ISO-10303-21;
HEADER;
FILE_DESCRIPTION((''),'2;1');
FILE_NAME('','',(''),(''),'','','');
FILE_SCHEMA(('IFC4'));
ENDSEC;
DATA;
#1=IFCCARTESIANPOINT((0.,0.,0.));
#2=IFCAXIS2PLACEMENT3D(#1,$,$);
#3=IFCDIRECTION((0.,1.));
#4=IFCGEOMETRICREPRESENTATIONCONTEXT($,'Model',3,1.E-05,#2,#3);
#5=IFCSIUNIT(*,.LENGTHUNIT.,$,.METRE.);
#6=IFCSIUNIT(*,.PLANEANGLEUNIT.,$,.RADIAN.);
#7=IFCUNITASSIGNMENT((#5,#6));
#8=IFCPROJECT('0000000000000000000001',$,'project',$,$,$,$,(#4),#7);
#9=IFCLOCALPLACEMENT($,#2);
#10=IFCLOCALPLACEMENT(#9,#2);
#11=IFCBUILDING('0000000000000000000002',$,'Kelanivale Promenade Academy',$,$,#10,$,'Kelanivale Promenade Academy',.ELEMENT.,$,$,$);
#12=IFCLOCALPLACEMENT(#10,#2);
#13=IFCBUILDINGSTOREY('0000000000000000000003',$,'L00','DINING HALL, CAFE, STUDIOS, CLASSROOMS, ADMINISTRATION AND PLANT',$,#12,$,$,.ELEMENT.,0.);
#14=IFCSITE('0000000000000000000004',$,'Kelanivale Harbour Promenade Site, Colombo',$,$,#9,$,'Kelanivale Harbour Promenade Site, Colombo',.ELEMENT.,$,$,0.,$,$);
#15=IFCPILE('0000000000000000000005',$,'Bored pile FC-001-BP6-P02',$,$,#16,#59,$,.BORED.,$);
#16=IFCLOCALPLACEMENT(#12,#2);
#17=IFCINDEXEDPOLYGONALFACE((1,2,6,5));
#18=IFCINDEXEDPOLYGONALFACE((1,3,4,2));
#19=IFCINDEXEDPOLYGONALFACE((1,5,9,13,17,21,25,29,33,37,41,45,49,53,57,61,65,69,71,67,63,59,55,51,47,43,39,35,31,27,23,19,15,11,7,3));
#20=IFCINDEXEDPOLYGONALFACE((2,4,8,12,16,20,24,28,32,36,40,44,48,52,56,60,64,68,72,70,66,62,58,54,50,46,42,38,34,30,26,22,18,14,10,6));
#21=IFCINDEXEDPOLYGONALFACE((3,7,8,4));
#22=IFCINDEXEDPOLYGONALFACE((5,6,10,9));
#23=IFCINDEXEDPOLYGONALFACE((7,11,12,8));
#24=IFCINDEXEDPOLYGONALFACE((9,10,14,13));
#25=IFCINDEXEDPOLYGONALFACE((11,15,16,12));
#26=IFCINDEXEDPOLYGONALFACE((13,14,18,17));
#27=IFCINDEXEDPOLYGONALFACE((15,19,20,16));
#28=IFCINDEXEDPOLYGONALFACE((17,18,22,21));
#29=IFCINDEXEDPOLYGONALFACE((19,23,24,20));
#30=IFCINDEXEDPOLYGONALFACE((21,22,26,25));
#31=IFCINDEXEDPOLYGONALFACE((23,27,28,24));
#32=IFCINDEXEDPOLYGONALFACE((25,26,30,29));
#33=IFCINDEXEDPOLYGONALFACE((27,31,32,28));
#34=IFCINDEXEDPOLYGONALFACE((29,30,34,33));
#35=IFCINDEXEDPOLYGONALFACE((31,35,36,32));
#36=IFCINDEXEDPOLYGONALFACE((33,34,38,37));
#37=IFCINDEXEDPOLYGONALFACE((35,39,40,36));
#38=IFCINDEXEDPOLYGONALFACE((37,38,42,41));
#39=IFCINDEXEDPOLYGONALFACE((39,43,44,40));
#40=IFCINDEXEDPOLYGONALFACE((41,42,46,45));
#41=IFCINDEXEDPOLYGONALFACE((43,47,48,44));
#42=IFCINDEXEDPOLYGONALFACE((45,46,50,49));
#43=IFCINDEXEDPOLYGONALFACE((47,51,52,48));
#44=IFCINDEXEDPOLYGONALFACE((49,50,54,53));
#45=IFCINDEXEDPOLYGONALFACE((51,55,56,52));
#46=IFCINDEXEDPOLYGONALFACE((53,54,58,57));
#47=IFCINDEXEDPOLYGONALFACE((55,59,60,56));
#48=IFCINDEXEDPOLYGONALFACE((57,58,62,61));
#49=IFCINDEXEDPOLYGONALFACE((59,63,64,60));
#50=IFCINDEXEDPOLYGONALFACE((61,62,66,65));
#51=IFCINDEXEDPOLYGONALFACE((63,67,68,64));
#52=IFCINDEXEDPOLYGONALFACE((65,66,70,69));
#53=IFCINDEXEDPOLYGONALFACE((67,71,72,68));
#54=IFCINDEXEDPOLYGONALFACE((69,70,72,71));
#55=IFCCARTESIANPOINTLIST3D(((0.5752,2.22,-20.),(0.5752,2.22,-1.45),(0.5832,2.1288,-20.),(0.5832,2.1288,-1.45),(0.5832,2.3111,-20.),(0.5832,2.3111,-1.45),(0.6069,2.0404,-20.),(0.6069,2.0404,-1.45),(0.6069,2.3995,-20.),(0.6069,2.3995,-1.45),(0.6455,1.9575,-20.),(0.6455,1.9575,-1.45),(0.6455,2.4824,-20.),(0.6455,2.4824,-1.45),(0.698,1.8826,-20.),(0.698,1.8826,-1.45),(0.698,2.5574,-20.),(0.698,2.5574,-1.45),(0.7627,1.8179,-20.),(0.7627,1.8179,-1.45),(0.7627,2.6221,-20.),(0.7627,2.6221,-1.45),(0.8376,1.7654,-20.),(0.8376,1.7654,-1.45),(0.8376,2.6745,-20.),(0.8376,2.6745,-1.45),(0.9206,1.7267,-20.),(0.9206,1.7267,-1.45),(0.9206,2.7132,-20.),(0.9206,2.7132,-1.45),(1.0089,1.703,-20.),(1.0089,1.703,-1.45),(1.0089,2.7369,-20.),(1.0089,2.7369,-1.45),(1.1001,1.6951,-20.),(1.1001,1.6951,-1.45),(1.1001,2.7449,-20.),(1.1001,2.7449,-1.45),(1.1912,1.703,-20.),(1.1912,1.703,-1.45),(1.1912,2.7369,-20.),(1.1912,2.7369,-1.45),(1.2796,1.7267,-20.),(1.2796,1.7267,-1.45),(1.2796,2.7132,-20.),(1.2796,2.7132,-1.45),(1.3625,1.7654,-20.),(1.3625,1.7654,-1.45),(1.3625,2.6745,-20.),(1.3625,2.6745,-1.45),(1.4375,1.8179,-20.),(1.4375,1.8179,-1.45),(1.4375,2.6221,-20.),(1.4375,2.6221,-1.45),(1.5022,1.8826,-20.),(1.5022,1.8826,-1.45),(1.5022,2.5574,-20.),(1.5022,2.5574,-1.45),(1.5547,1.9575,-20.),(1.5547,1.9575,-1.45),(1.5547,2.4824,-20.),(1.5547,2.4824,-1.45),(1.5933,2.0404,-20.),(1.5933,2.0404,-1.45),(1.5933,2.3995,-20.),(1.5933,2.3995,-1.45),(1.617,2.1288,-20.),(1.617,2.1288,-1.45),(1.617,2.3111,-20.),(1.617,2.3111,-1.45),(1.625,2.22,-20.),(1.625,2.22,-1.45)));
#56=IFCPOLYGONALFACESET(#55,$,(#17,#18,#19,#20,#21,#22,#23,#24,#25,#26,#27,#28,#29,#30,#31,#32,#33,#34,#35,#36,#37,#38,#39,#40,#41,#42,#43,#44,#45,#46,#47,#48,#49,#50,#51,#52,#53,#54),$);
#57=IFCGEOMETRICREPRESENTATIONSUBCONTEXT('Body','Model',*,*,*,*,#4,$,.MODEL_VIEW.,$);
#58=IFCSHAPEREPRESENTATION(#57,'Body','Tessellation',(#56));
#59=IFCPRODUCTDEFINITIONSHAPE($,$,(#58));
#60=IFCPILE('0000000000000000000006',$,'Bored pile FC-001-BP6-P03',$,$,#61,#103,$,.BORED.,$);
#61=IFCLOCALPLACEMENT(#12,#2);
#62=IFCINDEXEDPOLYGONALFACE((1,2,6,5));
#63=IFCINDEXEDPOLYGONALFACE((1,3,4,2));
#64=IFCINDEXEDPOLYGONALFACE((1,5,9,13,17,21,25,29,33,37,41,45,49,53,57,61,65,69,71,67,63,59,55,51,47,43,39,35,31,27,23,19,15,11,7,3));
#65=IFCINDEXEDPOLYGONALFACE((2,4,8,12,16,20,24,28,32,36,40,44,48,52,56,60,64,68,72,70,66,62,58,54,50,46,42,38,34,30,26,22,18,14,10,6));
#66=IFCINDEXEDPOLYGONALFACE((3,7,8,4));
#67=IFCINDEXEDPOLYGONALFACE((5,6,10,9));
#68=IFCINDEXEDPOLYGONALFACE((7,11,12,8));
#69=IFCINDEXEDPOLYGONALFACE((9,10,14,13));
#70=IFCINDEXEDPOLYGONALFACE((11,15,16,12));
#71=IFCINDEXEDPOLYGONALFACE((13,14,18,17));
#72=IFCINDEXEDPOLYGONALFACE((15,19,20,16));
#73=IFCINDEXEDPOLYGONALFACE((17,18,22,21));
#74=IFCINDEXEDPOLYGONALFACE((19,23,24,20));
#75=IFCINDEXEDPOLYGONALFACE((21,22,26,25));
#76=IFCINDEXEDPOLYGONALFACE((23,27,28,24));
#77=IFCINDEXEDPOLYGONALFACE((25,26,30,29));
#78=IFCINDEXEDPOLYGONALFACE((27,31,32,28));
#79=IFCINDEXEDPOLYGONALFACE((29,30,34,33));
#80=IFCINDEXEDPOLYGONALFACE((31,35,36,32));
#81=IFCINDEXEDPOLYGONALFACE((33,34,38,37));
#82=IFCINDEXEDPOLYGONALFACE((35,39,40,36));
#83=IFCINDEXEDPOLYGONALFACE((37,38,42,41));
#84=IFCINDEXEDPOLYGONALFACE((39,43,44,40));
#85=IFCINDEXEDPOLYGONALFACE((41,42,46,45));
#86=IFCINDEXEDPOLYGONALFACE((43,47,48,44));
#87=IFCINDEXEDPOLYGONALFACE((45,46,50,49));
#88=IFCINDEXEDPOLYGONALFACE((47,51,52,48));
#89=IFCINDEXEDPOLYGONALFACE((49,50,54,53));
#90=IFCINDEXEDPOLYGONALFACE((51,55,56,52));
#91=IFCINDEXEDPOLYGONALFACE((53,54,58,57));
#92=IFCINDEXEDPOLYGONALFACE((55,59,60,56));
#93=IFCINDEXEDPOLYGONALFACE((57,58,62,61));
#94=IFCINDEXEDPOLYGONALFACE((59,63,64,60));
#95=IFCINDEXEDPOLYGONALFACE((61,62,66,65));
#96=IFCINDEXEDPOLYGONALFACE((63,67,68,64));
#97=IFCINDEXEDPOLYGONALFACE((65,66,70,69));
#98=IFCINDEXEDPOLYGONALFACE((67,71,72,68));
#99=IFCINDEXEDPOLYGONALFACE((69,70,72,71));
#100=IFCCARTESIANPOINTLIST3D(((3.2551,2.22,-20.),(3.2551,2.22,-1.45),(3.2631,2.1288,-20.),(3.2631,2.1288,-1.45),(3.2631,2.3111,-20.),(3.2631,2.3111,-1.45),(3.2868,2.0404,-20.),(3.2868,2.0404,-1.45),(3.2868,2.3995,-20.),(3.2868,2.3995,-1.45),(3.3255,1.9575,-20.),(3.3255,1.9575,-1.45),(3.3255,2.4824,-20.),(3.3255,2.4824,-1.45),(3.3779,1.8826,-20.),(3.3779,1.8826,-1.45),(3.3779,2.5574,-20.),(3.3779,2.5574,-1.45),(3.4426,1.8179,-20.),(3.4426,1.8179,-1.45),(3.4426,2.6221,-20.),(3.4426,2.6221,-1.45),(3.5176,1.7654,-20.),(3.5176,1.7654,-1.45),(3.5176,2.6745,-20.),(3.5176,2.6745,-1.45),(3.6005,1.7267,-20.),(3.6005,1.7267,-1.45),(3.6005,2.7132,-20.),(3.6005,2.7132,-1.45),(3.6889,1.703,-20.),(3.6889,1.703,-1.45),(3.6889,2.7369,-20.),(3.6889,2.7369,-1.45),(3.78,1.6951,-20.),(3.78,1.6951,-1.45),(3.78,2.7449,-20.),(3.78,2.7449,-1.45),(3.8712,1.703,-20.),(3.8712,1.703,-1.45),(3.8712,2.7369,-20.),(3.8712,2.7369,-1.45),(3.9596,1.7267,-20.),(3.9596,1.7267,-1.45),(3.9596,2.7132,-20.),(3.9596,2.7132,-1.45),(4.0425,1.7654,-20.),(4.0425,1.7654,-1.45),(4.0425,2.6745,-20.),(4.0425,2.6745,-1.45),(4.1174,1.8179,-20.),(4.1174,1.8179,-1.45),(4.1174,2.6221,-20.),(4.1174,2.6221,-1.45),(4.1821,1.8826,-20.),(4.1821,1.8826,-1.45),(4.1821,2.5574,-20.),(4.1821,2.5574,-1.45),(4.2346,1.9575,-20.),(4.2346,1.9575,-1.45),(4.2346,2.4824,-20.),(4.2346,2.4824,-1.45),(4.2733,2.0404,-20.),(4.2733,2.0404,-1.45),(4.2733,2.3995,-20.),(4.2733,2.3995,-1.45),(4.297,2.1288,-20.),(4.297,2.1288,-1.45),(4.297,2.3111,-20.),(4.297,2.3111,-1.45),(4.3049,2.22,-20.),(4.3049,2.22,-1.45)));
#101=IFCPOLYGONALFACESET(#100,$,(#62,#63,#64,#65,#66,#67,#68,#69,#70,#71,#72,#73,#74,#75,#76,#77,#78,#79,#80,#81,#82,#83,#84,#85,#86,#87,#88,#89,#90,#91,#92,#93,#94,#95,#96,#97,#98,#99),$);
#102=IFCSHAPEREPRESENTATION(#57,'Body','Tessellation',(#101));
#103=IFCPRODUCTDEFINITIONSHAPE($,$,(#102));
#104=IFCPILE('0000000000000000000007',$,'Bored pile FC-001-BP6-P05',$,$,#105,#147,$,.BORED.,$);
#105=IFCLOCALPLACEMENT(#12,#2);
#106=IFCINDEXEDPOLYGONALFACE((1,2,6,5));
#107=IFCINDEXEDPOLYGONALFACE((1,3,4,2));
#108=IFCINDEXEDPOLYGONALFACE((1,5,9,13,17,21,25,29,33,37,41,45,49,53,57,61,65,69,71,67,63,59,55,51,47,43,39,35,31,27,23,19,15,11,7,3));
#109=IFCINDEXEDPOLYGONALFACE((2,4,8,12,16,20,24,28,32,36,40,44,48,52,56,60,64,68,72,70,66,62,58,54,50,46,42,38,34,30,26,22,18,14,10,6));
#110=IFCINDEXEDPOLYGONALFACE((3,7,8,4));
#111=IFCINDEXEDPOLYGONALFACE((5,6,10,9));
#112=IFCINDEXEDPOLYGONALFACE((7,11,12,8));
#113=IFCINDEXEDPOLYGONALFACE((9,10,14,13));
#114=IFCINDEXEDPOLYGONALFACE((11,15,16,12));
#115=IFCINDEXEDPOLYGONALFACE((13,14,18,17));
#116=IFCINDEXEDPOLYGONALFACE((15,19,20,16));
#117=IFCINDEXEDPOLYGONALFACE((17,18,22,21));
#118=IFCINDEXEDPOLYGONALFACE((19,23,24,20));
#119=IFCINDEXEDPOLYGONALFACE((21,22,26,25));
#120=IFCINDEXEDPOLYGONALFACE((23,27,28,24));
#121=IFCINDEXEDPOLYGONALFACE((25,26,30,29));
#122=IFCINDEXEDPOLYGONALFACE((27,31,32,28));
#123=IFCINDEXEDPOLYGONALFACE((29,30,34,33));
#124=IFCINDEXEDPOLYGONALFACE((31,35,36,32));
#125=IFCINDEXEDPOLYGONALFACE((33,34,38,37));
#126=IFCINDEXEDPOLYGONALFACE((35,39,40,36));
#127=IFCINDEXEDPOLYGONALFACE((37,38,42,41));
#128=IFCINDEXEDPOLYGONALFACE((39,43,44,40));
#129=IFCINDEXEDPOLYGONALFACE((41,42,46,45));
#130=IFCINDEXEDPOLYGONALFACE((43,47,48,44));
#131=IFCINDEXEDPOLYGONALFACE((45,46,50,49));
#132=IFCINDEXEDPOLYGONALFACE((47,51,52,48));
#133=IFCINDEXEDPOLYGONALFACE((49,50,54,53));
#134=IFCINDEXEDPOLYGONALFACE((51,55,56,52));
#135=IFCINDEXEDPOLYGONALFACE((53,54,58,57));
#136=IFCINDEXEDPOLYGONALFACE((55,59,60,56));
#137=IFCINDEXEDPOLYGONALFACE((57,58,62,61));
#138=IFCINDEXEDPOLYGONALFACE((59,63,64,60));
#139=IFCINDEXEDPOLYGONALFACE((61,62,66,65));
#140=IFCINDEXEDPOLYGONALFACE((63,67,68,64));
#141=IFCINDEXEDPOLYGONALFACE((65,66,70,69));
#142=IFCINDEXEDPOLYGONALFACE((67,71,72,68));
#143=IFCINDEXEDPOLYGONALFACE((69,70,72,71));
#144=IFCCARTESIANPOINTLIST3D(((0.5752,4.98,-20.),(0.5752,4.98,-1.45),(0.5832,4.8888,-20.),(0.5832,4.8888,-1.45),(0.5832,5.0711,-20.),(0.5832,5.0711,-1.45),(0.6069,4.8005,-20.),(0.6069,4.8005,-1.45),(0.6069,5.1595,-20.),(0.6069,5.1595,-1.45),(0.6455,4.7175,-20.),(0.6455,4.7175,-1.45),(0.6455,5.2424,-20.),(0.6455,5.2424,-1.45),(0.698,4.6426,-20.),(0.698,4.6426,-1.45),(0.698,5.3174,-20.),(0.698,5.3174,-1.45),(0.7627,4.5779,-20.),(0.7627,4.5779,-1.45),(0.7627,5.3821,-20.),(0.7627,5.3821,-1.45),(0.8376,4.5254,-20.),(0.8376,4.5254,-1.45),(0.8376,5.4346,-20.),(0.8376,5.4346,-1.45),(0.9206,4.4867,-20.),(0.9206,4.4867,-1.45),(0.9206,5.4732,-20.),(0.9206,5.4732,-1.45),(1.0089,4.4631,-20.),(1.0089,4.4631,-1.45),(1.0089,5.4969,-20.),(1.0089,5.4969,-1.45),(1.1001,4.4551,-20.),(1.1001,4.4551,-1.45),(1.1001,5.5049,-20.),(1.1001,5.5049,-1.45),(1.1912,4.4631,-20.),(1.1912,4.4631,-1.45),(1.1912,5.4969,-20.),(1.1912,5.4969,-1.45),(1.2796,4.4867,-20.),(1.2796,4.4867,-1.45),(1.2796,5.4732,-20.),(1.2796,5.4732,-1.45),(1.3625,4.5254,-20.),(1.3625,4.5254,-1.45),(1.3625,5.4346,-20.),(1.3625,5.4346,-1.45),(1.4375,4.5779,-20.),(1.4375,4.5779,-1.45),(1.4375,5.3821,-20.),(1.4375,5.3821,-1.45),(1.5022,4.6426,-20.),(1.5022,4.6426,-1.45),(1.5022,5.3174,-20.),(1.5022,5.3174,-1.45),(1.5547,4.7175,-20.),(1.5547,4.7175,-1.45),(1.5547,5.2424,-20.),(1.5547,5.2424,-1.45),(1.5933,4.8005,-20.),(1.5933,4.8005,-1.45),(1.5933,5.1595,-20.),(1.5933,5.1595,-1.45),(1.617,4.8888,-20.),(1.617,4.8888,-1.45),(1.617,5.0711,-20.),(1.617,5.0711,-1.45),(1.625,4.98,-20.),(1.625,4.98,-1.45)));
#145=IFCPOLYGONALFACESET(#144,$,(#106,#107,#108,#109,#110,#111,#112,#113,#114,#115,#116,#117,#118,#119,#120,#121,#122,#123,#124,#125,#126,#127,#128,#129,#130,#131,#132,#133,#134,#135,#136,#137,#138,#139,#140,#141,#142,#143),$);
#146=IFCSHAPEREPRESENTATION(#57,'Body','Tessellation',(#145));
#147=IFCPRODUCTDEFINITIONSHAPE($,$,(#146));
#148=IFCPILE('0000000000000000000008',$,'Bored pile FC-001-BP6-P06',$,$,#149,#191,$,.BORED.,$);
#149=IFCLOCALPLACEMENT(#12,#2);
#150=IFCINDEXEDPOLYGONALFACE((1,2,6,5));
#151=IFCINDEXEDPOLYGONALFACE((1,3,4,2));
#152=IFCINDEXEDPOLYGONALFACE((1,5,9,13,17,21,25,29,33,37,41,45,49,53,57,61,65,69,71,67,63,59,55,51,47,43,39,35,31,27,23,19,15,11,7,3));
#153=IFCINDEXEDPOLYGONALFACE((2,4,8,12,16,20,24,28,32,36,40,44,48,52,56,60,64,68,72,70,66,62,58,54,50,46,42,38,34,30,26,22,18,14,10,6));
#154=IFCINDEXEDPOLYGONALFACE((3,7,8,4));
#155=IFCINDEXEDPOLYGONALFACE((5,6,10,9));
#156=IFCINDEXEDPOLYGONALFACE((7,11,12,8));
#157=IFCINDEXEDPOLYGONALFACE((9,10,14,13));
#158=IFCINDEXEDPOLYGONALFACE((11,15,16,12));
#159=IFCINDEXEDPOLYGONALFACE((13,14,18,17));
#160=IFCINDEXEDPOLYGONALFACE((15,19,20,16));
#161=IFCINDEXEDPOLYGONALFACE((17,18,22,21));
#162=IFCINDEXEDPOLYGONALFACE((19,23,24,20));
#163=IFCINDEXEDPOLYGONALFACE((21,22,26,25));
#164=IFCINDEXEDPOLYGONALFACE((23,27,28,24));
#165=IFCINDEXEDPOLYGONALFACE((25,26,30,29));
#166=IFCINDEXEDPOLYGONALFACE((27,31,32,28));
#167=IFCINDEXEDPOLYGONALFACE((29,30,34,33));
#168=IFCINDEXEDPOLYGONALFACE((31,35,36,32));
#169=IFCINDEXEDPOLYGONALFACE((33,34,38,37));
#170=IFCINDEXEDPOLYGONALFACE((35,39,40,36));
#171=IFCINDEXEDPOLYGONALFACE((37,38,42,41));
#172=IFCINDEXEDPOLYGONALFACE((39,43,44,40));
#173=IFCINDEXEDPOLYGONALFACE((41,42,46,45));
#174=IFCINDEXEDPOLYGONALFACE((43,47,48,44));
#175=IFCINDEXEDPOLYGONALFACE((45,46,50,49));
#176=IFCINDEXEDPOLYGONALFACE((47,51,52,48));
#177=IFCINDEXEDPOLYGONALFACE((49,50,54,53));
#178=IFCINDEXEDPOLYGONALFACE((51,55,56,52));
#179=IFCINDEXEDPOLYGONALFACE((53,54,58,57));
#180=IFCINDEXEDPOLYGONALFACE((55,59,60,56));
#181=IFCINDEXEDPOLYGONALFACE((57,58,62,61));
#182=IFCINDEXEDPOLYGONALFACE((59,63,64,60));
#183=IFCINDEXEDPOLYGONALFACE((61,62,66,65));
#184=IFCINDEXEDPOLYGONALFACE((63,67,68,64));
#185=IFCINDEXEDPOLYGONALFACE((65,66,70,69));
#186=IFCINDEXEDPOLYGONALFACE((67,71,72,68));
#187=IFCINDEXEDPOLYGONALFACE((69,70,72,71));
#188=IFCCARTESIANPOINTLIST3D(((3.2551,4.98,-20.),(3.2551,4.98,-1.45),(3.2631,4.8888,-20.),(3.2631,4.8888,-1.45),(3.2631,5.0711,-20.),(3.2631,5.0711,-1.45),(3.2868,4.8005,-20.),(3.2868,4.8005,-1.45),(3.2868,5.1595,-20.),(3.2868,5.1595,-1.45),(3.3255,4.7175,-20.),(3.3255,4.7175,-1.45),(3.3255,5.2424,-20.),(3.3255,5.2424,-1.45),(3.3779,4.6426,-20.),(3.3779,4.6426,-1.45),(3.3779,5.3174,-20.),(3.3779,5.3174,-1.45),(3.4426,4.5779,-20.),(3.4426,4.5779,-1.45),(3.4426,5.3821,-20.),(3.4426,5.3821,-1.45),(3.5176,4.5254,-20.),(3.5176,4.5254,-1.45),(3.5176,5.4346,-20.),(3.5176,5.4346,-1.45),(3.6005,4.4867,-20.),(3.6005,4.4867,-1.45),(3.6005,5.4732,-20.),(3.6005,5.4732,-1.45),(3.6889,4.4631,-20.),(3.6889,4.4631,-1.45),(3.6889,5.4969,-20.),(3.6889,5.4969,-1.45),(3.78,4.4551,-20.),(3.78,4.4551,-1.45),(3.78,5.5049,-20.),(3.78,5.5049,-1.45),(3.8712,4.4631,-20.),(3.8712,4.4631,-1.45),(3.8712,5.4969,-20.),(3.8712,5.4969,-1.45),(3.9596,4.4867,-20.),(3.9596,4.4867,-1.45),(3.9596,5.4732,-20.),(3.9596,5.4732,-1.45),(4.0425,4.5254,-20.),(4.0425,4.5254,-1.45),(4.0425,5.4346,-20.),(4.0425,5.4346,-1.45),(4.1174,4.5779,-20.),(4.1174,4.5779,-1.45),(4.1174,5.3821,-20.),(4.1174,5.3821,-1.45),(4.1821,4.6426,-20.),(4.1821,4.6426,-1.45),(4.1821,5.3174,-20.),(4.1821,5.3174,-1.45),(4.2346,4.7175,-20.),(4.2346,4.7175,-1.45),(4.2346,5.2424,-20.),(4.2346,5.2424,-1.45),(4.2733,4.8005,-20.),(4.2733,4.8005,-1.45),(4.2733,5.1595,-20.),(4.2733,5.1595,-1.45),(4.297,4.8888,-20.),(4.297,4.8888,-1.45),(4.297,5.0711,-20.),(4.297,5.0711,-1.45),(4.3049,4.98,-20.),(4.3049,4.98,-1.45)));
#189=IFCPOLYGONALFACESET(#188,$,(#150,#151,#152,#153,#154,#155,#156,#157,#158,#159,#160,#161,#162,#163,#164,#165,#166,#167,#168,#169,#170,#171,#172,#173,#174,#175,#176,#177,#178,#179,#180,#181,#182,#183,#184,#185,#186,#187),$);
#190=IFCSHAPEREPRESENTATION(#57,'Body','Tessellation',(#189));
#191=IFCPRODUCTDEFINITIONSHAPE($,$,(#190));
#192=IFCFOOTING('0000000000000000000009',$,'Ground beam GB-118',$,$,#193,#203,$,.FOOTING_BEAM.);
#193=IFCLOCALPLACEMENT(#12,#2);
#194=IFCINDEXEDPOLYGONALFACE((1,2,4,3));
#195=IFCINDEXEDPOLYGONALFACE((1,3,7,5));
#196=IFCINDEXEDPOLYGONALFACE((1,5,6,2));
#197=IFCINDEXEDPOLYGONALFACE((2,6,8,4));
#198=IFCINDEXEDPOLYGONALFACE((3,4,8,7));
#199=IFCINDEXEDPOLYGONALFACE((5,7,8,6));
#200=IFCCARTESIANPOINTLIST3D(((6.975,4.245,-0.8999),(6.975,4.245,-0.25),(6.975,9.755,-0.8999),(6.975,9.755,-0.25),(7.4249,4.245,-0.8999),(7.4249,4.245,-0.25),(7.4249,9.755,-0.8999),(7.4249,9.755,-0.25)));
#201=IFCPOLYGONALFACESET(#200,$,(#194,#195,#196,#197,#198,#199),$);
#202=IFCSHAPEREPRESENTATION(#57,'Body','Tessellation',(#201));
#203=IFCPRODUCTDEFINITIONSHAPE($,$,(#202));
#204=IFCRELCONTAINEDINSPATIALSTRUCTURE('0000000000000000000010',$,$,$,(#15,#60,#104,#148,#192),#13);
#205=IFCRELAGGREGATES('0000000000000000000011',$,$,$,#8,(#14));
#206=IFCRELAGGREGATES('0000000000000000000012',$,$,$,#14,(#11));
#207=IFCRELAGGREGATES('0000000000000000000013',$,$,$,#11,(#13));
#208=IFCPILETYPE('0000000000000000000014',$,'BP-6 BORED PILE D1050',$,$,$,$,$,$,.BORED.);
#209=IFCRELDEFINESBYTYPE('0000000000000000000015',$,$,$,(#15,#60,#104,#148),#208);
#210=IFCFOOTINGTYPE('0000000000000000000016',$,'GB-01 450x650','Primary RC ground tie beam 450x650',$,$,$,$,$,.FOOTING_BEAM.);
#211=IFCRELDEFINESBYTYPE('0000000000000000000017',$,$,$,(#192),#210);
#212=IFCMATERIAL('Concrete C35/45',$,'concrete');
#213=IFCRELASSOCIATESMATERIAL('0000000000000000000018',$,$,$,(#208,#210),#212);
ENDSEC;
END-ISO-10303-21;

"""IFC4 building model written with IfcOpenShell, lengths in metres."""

from ifc_helpers import new_model, si_unit, direction, frame, origin, origin_2d, place, context, subcontext, project, spatial, rectangle, circle, extrude, material, material_profile, profile_set, type_object, element, save


model = new_model("IFC4")

# Units and contexts
model_context = context("Model", 3, precision=1e-05, world=origin(), true_north=direction((0.0, 1.0)))
body_context = subcontext(model_context, "Body", "Model", "MODEL_VIEW")
ifc_project = project(units=[si_unit("LENGTHUNIT", "METRE"), si_unit("PLANEANGLEUNIT", "RADIAN")], contexts=[model_context])

# Site, building, storey
site_placement = place(None, origin())
site = spatial("IfcSite", under=ifc_project, at=site_placement, Name="Kelanivale Harbour Promenade Site, Colombo", LongName="Kelanivale Harbour Promenade Site, Colombo", CompositionType="ELEMENT", RefElevation=0.0)
building_placement = place(site_placement, origin())
building = spatial("IfcBuilding", under=site, at=building_placement, Name="Kelanivale Promenade Academy", LongName="Kelanivale Promenade Academy", CompositionType="ELEMENT")
storey_placement = place(building_placement, origin())
storey = spatial("IfcBuildingStorey", under=building, at=storey_placement, Name="L00", Description="DINING HALL, CAFE, STUDIOS, CLASSROOMS, ADMINISTRATION AND PLANT", CompositionType="ELEMENT", Elevation=0.0)

# Piles
ifc_material_1 = material(Name="Concrete C35/45", Category="concrete")
ifc_material_profile_1 = material_profile(ifc_material_1, circle(Radius=0.5249, at=origin_2d()), Name="BORED PILE D1050")
ifc_profile_set_1 = profile_set([ifc_material_profile_1], Name="Concrete C35/45")
pile_type_1 = type_object("IfcPileType", Name="BP-6 BORED PILE D1050", PredefinedType="BORED", material=ifc_profile_set_1)
for number, where, z_axis, x_axis, name in (
    (1, (1.1001, 2.22, -1.45), (0.0, 0.0, -1.0), (1.0, 0.0, 0.0), "Bored pile FC-001-BP6-P02"),
    (2, (3.78, 2.22, -1.45), (0.0, 0.0, -1.0), (1.0, 0.0, 0.0), "Bored pile FC-001-BP6-P03"),
    (3, (1.1001, 4.98, -1.45), (0.0, 0.0, -1.0), (1.0, 0.0, 0.0), "Bored pile FC-001-BP6-P05"),
    (4, (3.78, 4.98, -1.45), (0.0, 0.0, -1.0), (1.0, 0.0, 0.0), "Bored pile FC-001-BP6-P06"),
):
    element("IfcPile", number, at=place(storey_placement, frame(where, z_axis=z_axis, x_axis=x_axis)), inside=storey, type_object=pile_type_1, Name=name, PredefinedType="BORED", context=body_context, shape_type="SweptSolid", body=[
        extrude(circle(Radius=0.5249, at=origin_2d()), origin(), (0.0, 0.0, 1.0), 18.55),
    ])

# Footing
footing_type_1 = type_object("IfcFootingType", Name="GB-01 450x650", Description="Primary RC ground tie beam 450x650", PredefinedType="FOOTING_BEAM", material=ifc_material_1)
footing_1_placement = place(storey_placement, frame((7.2, 7.0, -0.8999), z_axis=(0.0, 0.0, 1.0), x_axis=(0.0, 1.0, 0.0)))
element("IfcFooting", 5, at=footing_1_placement, inside=storey, type_object=footing_type_1, Name="Ground beam GB-118", PredefinedType="FOOTING_BEAM", context=body_context, shape_type="SweptSolid", body=[
    extrude(rectangle(XDim=5.51, YDim=0.45, at=origin_2d()), origin(), (0.0, 0.0, 1.0), 0.6499),
])

save(model, "model.ifc")
